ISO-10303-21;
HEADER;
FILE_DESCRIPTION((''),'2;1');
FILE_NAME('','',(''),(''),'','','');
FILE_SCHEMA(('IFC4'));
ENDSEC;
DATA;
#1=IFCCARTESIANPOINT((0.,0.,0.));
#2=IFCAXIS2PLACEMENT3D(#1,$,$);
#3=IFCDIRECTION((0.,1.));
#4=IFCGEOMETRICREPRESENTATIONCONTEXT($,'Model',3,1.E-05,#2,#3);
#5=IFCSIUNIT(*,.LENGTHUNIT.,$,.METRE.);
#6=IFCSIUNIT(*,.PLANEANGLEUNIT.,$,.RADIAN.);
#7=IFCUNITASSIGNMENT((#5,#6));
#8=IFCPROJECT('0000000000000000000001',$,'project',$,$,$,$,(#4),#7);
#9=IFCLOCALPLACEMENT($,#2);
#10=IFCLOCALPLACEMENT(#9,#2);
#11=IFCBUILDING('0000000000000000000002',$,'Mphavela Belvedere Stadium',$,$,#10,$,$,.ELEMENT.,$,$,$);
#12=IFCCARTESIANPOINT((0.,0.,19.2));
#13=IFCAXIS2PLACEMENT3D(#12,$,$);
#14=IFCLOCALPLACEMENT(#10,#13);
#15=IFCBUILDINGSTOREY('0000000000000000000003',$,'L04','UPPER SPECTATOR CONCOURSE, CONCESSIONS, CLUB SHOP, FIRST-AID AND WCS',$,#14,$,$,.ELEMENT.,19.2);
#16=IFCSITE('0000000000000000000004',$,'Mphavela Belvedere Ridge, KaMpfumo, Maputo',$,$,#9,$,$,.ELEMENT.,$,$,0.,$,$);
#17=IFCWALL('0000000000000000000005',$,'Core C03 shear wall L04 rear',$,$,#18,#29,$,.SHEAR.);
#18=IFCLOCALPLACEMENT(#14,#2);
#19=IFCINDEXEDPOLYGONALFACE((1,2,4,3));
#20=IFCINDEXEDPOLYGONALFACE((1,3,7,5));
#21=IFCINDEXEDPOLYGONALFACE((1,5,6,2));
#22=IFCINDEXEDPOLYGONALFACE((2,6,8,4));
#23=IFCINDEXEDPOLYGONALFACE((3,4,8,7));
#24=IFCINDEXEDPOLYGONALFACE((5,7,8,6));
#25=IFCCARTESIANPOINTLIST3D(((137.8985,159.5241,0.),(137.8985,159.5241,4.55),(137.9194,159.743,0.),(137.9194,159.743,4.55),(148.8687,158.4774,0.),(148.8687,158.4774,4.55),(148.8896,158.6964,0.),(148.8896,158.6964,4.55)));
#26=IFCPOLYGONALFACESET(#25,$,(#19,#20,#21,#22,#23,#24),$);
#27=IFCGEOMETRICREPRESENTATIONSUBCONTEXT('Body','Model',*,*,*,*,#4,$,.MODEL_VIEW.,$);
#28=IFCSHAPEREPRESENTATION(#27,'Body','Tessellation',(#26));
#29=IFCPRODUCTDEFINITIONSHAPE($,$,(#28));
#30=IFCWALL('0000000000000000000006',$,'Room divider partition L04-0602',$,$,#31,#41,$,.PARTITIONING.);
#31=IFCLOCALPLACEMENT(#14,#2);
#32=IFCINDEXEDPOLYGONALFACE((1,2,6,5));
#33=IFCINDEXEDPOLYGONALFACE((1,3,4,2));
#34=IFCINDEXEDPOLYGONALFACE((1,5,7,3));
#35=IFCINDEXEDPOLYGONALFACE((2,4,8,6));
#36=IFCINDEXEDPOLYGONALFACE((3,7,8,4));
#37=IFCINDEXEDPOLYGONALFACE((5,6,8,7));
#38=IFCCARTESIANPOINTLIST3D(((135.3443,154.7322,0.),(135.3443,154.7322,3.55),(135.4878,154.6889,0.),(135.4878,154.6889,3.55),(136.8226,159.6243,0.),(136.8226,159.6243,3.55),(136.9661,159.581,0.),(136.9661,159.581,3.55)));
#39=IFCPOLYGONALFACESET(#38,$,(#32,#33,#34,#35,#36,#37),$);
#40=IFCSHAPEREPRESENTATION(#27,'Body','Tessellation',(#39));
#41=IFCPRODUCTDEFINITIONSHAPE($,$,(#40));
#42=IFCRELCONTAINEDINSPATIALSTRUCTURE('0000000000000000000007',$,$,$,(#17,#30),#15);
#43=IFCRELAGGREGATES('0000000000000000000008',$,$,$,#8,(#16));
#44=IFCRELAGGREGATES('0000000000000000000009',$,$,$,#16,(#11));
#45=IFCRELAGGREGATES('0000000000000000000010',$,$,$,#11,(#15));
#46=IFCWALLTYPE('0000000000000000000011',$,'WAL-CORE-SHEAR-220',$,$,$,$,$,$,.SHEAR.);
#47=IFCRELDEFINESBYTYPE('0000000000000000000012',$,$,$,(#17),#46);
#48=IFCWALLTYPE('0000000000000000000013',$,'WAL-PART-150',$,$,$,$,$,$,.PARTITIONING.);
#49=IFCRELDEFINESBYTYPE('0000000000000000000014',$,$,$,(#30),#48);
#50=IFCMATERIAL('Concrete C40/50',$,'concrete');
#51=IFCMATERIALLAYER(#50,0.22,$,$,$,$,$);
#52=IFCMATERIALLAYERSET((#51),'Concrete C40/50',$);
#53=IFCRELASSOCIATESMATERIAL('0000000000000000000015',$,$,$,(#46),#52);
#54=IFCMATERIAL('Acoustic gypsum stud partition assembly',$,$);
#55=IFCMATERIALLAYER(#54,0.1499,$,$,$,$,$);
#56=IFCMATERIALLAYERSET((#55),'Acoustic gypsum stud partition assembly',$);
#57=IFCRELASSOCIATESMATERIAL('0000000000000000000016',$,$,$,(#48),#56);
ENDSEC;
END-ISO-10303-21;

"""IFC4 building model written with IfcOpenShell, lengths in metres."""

from ifc_helpers import new_model, si_unit, direction, frame, frame_2d, origin, place, context, subcontext, project, spatial, rectangle, extrude, material, layer, layer_set, type_object, element, save


model = new_model("IFC4")

# Units and contexts
model_context = context("Model", 3, precision=1e-05, world=origin(), true_north=direction((0.0, 1.0)))
body_context = subcontext(model_context, "Body", "Model", "MODEL_VIEW")
ifc_project = project(units=[si_unit("LENGTHUNIT", "METRE"), si_unit("PLANEANGLEUNIT", "RADIAN")], contexts=[model_context])

# Site, building, storey
site_placement = place(None, origin())
site = spatial("IfcSite", under=ifc_project, at=site_placement, Name="Mphavela Belvedere Ridge, KaMpfumo, Maputo", CompositionType="ELEMENT", RefElevation=0.0)
building_placement = place(site_placement, origin())
building = spatial("IfcBuilding", under=site, at=building_placement, Name="Mphavela Belvedere Stadium", CompositionType="ELEMENT")
storey_placement = place(building_placement, frame((0.0, 0.0, 19.2)))
storey = spatial("IfcBuildingStorey", under=building, at=storey_placement, Name="L04", Description="UPPER SPECTATOR CONCOURSE, CONCESSIONS, CLUB SHOP, FIRST-AID AND WCS", CompositionType="ELEMENT", Elevation=19.2)

# Walls
ifc_material_1 = material(Name="Concrete C40/50", Category="concrete")
ifc_layer_1 = layer(ifc_material_1, 0.22)
ifc_layer_set_1 = layer_set([ifc_layer_1], Name="Concrete C40/50")
wall_type_1 = type_object("IfcWallType", Name="WAL-CORE-SHEAR-220", PredefinedType="SHEAR", material=ifc_layer_set_1)
wall_1_placement = place(storey_placement, frame((137.9089, 159.6335, 0.0), z_axis=(0.0, 0.0, 1.0), x_axis=(0.99548, -0.094975, 0.0)))
element("IfcWall", 1, at=wall_1_placement, inside=storey, type_object=wall_type_1, Name="Core C03 shear wall L04 rear", PredefinedType="SHEAR", context=body_context, shape_type="SweptSolid", body=[
    extrude(rectangle(XDim=11.02, YDim=0.22, at=frame_2d((5.51, 0.0))), origin(), (0.0, 0.0, 1.0), 4.55),
])
ifc_material_2 = material(Name="Acoustic gypsum stud partition assembly")
ifc_layer_2 = layer(ifc_material_2, 0.1499)
ifc_layer_set_2 = layer_set([ifc_layer_2], Name="Acoustic gypsum stud partition assembly")
wall_type_2 = type_object("IfcWallType", Name="WAL-PART-150", PredefinedType="PARTITIONING", material=ifc_layer_set_2)
wall_2_placement = place(storey_placement, frame((136.8943, 159.6025, 0.0), z_axis=(0.0, 0.0, 1.0), x_axis=(-0.289258, -0.957251, 0.0)))
element("IfcWall", 2, at=wall_2_placement, inside=storey, type_object=wall_type_2, Name="Room divider partition L04-0602", PredefinedType="PARTITIONING", context=body_context, shape_type="SweptSolid", body=[
    extrude(rectangle(XDim=5.1106, YDim=0.1499, at=frame_2d((2.5552, 0.0))), origin(), (0.0, 0.0, 1.0), 3.55),
])

save(model, "model.ifc")
